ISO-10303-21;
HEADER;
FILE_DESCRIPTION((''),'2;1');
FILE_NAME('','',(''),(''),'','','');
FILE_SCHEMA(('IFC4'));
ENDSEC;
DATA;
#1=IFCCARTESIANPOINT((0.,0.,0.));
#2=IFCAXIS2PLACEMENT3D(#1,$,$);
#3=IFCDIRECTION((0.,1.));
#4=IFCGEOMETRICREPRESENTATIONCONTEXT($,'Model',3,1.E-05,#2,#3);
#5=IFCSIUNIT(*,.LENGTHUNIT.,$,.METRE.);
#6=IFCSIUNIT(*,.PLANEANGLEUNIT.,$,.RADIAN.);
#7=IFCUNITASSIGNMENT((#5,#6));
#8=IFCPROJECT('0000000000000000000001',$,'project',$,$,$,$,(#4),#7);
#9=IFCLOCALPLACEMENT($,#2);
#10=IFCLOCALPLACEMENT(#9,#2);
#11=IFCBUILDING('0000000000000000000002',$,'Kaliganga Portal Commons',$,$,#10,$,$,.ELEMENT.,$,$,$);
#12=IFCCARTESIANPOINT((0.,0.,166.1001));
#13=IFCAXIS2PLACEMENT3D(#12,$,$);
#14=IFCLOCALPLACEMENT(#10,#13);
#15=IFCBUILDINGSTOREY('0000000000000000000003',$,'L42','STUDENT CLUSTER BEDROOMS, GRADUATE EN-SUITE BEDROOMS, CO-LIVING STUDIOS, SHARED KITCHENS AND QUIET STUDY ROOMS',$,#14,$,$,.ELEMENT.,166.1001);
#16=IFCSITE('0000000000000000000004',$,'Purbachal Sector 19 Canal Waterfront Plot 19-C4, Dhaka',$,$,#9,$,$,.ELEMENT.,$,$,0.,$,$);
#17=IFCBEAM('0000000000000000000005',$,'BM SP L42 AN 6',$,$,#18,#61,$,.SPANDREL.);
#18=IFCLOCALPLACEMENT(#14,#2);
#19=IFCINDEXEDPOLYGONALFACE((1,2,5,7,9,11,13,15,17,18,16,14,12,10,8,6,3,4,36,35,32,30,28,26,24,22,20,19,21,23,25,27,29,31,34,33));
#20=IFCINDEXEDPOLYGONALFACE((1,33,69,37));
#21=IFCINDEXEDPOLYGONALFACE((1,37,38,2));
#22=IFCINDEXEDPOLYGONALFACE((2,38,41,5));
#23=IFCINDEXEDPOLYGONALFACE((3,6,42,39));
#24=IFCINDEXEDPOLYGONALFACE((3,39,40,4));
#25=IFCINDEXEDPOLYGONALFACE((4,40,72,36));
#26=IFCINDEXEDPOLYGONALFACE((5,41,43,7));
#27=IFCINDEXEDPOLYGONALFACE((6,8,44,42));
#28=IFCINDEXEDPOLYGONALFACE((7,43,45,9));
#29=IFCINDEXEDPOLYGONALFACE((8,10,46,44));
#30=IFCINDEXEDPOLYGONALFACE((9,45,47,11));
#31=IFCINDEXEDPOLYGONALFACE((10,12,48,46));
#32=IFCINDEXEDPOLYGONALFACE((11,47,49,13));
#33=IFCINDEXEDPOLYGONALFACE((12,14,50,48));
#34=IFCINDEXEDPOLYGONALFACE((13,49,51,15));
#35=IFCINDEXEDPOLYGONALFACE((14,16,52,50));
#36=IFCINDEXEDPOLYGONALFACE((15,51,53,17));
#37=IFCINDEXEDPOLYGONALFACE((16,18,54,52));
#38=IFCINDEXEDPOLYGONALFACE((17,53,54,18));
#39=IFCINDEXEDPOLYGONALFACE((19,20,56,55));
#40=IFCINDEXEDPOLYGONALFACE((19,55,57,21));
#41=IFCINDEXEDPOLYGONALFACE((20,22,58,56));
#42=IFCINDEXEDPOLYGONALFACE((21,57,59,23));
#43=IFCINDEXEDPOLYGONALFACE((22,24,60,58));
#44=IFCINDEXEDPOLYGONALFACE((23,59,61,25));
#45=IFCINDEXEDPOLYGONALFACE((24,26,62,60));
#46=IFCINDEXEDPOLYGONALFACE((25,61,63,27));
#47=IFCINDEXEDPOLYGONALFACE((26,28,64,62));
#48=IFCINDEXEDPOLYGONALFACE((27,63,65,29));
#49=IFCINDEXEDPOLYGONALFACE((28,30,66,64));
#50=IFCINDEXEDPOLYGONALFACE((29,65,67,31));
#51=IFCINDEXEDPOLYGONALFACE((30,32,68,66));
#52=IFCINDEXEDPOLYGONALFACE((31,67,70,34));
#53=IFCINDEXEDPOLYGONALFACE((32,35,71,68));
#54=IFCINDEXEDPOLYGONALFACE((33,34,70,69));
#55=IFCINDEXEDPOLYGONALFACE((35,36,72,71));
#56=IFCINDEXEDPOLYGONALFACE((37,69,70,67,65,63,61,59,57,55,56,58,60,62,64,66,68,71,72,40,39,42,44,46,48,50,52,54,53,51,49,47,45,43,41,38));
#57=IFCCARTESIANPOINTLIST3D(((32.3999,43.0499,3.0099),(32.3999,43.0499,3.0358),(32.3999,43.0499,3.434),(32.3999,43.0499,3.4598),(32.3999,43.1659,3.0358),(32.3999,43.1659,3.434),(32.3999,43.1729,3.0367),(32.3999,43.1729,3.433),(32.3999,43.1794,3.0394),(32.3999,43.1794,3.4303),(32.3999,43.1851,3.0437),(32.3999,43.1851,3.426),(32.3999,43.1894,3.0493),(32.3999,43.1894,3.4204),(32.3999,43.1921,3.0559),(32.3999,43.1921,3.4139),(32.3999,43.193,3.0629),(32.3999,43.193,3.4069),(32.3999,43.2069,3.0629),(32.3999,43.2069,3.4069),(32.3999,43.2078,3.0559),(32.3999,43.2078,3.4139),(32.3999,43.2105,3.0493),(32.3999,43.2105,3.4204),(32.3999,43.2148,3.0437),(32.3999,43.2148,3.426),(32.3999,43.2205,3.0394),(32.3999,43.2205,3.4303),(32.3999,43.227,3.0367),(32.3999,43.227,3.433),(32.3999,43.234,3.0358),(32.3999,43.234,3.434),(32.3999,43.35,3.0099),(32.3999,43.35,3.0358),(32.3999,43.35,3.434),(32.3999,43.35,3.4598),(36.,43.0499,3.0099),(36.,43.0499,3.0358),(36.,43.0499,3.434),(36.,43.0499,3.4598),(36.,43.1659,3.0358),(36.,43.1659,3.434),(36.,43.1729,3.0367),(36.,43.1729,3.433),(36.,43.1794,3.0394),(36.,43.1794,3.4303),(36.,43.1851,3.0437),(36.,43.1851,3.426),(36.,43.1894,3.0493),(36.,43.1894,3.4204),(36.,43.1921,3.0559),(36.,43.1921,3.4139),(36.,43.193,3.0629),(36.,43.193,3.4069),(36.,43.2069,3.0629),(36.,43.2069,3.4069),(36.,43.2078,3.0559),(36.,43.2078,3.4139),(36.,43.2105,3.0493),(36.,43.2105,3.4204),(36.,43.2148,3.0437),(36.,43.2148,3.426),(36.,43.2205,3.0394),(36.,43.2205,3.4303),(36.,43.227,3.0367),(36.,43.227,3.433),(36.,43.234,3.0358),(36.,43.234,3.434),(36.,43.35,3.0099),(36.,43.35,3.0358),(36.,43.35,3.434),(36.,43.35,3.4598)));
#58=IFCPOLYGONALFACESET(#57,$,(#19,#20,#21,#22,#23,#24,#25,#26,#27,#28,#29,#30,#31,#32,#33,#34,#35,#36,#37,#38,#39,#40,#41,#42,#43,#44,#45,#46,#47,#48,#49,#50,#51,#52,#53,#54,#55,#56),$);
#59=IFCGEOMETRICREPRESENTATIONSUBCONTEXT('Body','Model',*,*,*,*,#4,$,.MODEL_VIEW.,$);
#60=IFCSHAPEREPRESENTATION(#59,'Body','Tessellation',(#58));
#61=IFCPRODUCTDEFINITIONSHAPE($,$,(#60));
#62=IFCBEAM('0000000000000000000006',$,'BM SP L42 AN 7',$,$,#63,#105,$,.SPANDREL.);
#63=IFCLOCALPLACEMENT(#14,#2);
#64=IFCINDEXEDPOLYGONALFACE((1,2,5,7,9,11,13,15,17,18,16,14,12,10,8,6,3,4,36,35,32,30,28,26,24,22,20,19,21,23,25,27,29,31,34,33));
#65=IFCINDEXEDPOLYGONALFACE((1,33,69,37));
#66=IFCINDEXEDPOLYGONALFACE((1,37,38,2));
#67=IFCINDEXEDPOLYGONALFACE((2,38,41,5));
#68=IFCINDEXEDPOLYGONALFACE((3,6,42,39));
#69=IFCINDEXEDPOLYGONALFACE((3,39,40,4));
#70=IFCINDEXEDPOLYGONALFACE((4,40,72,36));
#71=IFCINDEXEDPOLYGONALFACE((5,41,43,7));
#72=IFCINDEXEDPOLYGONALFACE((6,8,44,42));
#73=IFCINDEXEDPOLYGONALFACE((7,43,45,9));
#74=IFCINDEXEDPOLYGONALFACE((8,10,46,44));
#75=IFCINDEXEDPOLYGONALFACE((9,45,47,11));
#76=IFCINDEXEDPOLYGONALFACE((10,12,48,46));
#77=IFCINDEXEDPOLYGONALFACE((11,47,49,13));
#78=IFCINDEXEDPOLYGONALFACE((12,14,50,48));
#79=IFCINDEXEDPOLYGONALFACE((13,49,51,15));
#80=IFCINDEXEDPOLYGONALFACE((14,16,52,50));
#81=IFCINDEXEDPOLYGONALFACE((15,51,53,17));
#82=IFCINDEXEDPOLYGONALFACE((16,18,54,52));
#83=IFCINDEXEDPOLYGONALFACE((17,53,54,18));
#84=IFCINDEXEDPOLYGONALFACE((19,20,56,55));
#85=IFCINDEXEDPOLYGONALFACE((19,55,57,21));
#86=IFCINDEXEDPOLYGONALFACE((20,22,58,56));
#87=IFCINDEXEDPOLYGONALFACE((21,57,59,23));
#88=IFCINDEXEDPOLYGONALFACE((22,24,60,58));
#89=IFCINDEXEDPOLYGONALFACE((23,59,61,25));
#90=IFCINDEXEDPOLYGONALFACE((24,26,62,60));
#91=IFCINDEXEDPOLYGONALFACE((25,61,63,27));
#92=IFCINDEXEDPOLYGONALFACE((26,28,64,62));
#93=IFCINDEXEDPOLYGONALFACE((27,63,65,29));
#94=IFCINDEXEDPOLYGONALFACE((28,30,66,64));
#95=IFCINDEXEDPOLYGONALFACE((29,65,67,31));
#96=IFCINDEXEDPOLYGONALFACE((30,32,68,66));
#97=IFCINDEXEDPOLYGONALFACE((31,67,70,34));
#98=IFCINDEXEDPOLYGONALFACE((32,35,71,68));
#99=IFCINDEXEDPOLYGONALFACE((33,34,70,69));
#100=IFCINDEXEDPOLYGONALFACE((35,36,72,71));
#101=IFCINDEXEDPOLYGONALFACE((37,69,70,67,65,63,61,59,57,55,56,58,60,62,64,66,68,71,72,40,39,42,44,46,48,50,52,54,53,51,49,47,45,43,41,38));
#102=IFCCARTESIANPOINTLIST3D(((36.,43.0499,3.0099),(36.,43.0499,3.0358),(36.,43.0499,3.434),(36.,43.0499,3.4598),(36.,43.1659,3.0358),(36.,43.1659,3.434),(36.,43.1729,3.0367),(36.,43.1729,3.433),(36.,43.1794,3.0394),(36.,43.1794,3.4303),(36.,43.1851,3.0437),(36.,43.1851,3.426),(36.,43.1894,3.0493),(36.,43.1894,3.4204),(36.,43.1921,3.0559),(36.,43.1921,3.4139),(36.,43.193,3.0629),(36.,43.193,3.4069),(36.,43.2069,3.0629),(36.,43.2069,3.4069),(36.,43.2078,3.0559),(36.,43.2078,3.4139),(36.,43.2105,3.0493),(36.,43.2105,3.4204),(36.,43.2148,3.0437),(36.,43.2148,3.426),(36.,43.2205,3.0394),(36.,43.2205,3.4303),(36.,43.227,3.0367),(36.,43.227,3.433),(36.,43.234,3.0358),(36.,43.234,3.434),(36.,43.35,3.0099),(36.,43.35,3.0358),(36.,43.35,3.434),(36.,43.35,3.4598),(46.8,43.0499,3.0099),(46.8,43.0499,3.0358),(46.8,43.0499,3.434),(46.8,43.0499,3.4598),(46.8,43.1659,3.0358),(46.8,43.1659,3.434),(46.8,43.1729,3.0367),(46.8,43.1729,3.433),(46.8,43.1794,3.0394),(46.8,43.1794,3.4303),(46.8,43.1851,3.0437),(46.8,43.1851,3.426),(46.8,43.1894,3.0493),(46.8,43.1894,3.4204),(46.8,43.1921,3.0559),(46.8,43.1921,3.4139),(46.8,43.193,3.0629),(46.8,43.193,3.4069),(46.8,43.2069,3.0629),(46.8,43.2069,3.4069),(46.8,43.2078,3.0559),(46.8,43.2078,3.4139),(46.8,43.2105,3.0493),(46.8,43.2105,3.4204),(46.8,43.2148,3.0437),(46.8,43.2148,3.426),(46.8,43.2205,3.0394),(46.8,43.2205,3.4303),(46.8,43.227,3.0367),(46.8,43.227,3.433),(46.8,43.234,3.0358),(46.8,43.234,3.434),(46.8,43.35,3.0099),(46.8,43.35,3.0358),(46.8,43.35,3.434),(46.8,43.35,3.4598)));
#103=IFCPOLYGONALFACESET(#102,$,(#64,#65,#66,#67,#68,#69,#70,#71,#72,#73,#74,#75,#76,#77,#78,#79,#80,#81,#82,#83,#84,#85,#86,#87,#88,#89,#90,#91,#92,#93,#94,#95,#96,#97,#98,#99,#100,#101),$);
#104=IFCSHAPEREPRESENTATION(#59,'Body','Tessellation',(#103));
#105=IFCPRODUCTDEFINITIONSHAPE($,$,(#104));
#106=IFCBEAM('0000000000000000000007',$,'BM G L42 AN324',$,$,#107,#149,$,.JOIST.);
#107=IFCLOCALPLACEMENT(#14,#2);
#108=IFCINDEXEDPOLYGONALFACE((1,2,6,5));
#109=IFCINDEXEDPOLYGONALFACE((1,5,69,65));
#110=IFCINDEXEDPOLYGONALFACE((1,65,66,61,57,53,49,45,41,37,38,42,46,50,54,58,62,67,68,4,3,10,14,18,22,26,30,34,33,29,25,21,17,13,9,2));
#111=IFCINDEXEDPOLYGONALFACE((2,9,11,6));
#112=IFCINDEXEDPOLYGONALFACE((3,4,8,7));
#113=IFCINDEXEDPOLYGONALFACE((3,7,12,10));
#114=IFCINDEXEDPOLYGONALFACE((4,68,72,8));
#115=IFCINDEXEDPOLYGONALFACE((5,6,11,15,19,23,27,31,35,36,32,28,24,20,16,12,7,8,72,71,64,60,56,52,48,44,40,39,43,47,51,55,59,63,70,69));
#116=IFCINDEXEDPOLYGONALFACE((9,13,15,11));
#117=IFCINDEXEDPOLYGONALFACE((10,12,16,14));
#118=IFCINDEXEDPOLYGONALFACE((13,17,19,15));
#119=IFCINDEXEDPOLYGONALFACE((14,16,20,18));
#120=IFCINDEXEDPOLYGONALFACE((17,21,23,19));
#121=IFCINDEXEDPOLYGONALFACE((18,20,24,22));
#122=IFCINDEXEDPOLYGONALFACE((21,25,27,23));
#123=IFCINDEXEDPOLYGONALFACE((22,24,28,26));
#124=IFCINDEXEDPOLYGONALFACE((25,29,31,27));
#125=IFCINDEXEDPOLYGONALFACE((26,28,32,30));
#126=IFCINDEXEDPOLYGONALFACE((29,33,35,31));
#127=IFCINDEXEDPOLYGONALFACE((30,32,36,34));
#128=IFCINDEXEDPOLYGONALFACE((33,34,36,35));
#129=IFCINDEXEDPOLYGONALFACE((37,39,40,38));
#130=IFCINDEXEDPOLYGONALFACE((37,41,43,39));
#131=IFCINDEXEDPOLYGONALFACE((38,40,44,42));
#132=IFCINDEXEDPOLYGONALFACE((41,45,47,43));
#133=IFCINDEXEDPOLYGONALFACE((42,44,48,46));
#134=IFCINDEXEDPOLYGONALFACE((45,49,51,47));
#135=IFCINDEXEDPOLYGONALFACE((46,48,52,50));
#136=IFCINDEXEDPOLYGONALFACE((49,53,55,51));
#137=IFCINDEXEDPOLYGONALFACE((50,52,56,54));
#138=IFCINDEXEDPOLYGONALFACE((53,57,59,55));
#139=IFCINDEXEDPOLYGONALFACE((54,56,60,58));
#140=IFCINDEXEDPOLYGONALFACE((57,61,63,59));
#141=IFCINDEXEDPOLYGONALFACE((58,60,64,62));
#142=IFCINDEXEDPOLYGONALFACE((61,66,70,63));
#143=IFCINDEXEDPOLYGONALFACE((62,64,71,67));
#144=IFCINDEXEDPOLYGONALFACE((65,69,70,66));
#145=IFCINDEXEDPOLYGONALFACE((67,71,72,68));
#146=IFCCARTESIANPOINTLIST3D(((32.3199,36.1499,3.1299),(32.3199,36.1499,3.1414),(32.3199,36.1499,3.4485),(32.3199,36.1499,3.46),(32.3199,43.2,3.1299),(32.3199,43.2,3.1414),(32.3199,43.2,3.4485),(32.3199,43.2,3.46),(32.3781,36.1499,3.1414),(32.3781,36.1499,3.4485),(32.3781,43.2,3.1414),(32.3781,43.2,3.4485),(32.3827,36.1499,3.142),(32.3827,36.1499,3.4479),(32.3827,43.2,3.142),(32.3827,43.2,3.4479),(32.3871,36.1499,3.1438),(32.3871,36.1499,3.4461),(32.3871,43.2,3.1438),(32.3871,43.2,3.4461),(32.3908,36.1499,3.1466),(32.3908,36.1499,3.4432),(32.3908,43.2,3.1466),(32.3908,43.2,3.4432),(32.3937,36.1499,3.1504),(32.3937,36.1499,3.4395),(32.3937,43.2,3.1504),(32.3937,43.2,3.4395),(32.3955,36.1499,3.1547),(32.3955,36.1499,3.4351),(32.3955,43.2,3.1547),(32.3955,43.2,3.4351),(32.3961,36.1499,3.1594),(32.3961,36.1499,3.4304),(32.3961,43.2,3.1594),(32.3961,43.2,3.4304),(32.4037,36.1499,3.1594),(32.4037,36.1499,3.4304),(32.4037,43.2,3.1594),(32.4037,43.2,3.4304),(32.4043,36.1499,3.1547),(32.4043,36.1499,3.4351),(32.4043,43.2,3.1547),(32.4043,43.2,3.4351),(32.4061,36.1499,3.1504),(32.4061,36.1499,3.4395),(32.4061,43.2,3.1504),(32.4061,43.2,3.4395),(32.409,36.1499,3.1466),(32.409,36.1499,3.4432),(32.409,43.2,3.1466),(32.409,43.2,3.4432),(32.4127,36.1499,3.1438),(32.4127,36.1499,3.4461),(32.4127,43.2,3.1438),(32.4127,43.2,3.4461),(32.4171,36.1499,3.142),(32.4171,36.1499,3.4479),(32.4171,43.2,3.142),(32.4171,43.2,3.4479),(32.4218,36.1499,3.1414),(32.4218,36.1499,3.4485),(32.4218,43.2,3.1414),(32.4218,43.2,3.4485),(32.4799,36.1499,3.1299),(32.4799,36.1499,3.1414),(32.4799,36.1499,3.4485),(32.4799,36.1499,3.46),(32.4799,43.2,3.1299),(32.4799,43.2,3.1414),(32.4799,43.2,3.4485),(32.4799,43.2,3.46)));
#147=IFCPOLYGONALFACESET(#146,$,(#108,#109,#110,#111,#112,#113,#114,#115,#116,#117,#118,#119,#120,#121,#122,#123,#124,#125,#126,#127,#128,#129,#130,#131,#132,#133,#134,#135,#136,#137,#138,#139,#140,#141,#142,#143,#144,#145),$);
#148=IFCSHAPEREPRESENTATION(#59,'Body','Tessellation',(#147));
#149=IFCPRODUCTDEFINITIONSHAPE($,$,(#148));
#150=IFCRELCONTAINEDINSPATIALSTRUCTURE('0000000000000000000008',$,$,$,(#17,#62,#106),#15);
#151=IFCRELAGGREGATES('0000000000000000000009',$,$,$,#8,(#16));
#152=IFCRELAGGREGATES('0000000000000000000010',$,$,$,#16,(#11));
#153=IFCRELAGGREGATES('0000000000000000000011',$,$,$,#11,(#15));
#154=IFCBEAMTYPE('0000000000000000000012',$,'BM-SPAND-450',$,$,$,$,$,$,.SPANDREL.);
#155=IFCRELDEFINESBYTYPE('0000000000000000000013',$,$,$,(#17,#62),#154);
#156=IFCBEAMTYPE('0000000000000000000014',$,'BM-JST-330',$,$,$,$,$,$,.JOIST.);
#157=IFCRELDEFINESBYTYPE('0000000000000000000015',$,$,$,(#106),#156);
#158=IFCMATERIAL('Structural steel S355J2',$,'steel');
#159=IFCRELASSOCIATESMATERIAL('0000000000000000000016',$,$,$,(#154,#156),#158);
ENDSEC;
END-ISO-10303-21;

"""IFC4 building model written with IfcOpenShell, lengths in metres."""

from ifc_helpers import new_model, si_unit, direction, frame, origin, origin_2d, place, context, subcontext, project, spatial, i_section, extrude, source, transform, mapped, material, material_profile, profile_set, type_object, element, save


model = new_model("IFC4")

# Units and contexts
model_context = context("Model", 3, precision=1e-05, world=origin(), true_north=direction((0.0, 1.0)))
body_context = subcontext(model_context, "Body", "Model", "MODEL_VIEW")
ifc_project = project(units=[si_unit("LENGTHUNIT", "METRE"), si_unit("PLANEANGLEUNIT", "RADIAN")], contexts=[model_context])

# Site, building, storey
site_placement = place(None, origin())
site = spatial("IfcSite", under=ifc_project, at=site_placement, Name="Purbachal Sector 19 Canal Waterfront Plot 19-C4, Dhaka", CompositionType="ELEMENT", RefElevation=0.0)
building_placement = place(site_placement, origin())
building = spatial("IfcBuilding", under=site, at=building_placement, Name="Kaliganga Portal Commons", CompositionType="ELEMENT")
storey_placement = place(building_placement, frame((0.0, 0.0, 166.1001)))
storey = spatial("IfcBuildingStorey", under=building, at=storey_placement, Name="L42", Description="STUDENT CLUSTER BEDROOMS, GRADUATE EN-SUITE BEDROOMS, CO-LIVING STUDIOS, SHARED KITCHENS AND QUIET STUDY ROOMS", CompositionType="ELEMENT", Elevation=166.1001)

# Beams
ifc_material_1 = material(Name="Structural steel S355J2", Category="steel")
ifc_material_profile_1 = material_profile(ifc_material_1, i_section(OverallWidth=0.3, OverallDepth=0.45, WebThickness=0.0139, FlangeThickness=0.0259, FilletRadius=0.0271, at=origin_2d()), Name="HE 450 B")
ifc_profile_set_1 = profile_set([ifc_material_profile_1], Name="Structural steel S355J2 wide-flange")
beam_type_1 = type_object("IfcBeamType", Name="BM-SPAND-450", PredefinedType="SPANDREL", material=ifc_profile_set_1)
shared_shape_1 = source(origin(), body_context, "Body", "SweptSolid", [
    extrude(i_section(OverallWidth=0.3, OverallDepth=0.45, WebThickness=0.0139, FlangeThickness=0.0259, FilletRadius=0.0271, at=origin_2d()), origin(), (0.0, 0.0, 1.0), 3.6001),
])
beam_1_placement = place(storey_placement, frame((32.3999, 43.2, 3.2349), z_axis=(1.0, 0.0, 0.0), x_axis=(0.0, 1.0, 0.0)))
element("IfcBeam", 1, at=beam_1_placement, inside=storey, type_object=beam_type_1, Name="BM SP L42 AN 6", PredefinedType="SPANDREL", context=body_context, shape_type="MappedRepresentation", body=[
    mapped(shared_shape_1, transform((0.0, 0.0, 0.0), x_axis=(1.0, 0.0, 0.0), y_axis=(0.0, 1.0, 0.0), z_axis=(0.0, 0.0, 1.0), scale=1.0)),
])
shared_shape_2 = source(origin(), body_context, "Body", "SweptSolid", [
    extrude(i_section(OverallWidth=0.3, OverallDepth=0.45, WebThickness=0.0139, FlangeThickness=0.0259, FilletRadius=0.0271, at=origin_2d()), origin(), (0.0, 0.0, 1.0), 10.8),
])
beam_2_placement = place(storey_placement, frame((36.0, 43.2, 3.2349), z_axis=(1.0, 0.0, 0.0), x_axis=(0.0, 1.0, 0.0)))
element("IfcBeam", 2, at=beam_2_placement, inside=storey, type_object=beam_type_1, Name="BM SP L42 AN 7", PredefinedType="SPANDREL", context=body_context, shape_type="MappedRepresentation", body=[
    mapped(shared_shape_2, transform((0.0, 0.0, 0.0), x_axis=(1.0, 0.0, 0.0), y_axis=(0.0, 1.0, 0.0), z_axis=(0.0, 0.0, 1.0), scale=1.0)),
])
ifc_material_profile_2 = material_profile(ifc_material_1, i_section(OverallWidth=0.1599, OverallDepth=0.3301, WebThickness=0.0076, FlangeThickness=0.0115, FilletRadius=0.0181, at=origin_2d()), Name="IPE 330")
ifc_profile_set_2 = profile_set([ifc_material_profile_2], Name="Structural steel S355J2 wide-flange")
beam_type_2 = type_object("IfcBeamType", Name="BM-JST-330", PredefinedType="JOIST", material=ifc_profile_set_2)
shared_shape_3 = source(origin(), body_context, "Body", "SweptSolid", [
    extrude(i_section(OverallWidth=0.1599, OverallDepth=0.3301, WebThickness=0.0076, FlangeThickness=0.0115, FilletRadius=0.0181, at=origin_2d()), origin(), (0.0, 0.0, 1.0), 7.05),
])
beam_3_placement = place(storey_placement, frame((32.3999, 36.1499, 3.2949), z_axis=(0.0, 1.0, 0.0), x_axis=(-1.0, 0.0, 0.0)))
element("IfcBeam", 3, at=beam_3_placement, inside=storey, type_object=beam_type_2, Name="BM G L42 AN324", PredefinedType="JOIST", context=body_context, shape_type="MappedRepresentation", body=[
    mapped(shared_shape_3, transform((0.0, 0.0, 0.0), x_axis=(1.0, 0.0, 0.0), y_axis=(0.0, 1.0, 0.0), z_axis=(0.0, 0.0, 1.0), scale=1.0)),
])

save(model, "model.ifc")
